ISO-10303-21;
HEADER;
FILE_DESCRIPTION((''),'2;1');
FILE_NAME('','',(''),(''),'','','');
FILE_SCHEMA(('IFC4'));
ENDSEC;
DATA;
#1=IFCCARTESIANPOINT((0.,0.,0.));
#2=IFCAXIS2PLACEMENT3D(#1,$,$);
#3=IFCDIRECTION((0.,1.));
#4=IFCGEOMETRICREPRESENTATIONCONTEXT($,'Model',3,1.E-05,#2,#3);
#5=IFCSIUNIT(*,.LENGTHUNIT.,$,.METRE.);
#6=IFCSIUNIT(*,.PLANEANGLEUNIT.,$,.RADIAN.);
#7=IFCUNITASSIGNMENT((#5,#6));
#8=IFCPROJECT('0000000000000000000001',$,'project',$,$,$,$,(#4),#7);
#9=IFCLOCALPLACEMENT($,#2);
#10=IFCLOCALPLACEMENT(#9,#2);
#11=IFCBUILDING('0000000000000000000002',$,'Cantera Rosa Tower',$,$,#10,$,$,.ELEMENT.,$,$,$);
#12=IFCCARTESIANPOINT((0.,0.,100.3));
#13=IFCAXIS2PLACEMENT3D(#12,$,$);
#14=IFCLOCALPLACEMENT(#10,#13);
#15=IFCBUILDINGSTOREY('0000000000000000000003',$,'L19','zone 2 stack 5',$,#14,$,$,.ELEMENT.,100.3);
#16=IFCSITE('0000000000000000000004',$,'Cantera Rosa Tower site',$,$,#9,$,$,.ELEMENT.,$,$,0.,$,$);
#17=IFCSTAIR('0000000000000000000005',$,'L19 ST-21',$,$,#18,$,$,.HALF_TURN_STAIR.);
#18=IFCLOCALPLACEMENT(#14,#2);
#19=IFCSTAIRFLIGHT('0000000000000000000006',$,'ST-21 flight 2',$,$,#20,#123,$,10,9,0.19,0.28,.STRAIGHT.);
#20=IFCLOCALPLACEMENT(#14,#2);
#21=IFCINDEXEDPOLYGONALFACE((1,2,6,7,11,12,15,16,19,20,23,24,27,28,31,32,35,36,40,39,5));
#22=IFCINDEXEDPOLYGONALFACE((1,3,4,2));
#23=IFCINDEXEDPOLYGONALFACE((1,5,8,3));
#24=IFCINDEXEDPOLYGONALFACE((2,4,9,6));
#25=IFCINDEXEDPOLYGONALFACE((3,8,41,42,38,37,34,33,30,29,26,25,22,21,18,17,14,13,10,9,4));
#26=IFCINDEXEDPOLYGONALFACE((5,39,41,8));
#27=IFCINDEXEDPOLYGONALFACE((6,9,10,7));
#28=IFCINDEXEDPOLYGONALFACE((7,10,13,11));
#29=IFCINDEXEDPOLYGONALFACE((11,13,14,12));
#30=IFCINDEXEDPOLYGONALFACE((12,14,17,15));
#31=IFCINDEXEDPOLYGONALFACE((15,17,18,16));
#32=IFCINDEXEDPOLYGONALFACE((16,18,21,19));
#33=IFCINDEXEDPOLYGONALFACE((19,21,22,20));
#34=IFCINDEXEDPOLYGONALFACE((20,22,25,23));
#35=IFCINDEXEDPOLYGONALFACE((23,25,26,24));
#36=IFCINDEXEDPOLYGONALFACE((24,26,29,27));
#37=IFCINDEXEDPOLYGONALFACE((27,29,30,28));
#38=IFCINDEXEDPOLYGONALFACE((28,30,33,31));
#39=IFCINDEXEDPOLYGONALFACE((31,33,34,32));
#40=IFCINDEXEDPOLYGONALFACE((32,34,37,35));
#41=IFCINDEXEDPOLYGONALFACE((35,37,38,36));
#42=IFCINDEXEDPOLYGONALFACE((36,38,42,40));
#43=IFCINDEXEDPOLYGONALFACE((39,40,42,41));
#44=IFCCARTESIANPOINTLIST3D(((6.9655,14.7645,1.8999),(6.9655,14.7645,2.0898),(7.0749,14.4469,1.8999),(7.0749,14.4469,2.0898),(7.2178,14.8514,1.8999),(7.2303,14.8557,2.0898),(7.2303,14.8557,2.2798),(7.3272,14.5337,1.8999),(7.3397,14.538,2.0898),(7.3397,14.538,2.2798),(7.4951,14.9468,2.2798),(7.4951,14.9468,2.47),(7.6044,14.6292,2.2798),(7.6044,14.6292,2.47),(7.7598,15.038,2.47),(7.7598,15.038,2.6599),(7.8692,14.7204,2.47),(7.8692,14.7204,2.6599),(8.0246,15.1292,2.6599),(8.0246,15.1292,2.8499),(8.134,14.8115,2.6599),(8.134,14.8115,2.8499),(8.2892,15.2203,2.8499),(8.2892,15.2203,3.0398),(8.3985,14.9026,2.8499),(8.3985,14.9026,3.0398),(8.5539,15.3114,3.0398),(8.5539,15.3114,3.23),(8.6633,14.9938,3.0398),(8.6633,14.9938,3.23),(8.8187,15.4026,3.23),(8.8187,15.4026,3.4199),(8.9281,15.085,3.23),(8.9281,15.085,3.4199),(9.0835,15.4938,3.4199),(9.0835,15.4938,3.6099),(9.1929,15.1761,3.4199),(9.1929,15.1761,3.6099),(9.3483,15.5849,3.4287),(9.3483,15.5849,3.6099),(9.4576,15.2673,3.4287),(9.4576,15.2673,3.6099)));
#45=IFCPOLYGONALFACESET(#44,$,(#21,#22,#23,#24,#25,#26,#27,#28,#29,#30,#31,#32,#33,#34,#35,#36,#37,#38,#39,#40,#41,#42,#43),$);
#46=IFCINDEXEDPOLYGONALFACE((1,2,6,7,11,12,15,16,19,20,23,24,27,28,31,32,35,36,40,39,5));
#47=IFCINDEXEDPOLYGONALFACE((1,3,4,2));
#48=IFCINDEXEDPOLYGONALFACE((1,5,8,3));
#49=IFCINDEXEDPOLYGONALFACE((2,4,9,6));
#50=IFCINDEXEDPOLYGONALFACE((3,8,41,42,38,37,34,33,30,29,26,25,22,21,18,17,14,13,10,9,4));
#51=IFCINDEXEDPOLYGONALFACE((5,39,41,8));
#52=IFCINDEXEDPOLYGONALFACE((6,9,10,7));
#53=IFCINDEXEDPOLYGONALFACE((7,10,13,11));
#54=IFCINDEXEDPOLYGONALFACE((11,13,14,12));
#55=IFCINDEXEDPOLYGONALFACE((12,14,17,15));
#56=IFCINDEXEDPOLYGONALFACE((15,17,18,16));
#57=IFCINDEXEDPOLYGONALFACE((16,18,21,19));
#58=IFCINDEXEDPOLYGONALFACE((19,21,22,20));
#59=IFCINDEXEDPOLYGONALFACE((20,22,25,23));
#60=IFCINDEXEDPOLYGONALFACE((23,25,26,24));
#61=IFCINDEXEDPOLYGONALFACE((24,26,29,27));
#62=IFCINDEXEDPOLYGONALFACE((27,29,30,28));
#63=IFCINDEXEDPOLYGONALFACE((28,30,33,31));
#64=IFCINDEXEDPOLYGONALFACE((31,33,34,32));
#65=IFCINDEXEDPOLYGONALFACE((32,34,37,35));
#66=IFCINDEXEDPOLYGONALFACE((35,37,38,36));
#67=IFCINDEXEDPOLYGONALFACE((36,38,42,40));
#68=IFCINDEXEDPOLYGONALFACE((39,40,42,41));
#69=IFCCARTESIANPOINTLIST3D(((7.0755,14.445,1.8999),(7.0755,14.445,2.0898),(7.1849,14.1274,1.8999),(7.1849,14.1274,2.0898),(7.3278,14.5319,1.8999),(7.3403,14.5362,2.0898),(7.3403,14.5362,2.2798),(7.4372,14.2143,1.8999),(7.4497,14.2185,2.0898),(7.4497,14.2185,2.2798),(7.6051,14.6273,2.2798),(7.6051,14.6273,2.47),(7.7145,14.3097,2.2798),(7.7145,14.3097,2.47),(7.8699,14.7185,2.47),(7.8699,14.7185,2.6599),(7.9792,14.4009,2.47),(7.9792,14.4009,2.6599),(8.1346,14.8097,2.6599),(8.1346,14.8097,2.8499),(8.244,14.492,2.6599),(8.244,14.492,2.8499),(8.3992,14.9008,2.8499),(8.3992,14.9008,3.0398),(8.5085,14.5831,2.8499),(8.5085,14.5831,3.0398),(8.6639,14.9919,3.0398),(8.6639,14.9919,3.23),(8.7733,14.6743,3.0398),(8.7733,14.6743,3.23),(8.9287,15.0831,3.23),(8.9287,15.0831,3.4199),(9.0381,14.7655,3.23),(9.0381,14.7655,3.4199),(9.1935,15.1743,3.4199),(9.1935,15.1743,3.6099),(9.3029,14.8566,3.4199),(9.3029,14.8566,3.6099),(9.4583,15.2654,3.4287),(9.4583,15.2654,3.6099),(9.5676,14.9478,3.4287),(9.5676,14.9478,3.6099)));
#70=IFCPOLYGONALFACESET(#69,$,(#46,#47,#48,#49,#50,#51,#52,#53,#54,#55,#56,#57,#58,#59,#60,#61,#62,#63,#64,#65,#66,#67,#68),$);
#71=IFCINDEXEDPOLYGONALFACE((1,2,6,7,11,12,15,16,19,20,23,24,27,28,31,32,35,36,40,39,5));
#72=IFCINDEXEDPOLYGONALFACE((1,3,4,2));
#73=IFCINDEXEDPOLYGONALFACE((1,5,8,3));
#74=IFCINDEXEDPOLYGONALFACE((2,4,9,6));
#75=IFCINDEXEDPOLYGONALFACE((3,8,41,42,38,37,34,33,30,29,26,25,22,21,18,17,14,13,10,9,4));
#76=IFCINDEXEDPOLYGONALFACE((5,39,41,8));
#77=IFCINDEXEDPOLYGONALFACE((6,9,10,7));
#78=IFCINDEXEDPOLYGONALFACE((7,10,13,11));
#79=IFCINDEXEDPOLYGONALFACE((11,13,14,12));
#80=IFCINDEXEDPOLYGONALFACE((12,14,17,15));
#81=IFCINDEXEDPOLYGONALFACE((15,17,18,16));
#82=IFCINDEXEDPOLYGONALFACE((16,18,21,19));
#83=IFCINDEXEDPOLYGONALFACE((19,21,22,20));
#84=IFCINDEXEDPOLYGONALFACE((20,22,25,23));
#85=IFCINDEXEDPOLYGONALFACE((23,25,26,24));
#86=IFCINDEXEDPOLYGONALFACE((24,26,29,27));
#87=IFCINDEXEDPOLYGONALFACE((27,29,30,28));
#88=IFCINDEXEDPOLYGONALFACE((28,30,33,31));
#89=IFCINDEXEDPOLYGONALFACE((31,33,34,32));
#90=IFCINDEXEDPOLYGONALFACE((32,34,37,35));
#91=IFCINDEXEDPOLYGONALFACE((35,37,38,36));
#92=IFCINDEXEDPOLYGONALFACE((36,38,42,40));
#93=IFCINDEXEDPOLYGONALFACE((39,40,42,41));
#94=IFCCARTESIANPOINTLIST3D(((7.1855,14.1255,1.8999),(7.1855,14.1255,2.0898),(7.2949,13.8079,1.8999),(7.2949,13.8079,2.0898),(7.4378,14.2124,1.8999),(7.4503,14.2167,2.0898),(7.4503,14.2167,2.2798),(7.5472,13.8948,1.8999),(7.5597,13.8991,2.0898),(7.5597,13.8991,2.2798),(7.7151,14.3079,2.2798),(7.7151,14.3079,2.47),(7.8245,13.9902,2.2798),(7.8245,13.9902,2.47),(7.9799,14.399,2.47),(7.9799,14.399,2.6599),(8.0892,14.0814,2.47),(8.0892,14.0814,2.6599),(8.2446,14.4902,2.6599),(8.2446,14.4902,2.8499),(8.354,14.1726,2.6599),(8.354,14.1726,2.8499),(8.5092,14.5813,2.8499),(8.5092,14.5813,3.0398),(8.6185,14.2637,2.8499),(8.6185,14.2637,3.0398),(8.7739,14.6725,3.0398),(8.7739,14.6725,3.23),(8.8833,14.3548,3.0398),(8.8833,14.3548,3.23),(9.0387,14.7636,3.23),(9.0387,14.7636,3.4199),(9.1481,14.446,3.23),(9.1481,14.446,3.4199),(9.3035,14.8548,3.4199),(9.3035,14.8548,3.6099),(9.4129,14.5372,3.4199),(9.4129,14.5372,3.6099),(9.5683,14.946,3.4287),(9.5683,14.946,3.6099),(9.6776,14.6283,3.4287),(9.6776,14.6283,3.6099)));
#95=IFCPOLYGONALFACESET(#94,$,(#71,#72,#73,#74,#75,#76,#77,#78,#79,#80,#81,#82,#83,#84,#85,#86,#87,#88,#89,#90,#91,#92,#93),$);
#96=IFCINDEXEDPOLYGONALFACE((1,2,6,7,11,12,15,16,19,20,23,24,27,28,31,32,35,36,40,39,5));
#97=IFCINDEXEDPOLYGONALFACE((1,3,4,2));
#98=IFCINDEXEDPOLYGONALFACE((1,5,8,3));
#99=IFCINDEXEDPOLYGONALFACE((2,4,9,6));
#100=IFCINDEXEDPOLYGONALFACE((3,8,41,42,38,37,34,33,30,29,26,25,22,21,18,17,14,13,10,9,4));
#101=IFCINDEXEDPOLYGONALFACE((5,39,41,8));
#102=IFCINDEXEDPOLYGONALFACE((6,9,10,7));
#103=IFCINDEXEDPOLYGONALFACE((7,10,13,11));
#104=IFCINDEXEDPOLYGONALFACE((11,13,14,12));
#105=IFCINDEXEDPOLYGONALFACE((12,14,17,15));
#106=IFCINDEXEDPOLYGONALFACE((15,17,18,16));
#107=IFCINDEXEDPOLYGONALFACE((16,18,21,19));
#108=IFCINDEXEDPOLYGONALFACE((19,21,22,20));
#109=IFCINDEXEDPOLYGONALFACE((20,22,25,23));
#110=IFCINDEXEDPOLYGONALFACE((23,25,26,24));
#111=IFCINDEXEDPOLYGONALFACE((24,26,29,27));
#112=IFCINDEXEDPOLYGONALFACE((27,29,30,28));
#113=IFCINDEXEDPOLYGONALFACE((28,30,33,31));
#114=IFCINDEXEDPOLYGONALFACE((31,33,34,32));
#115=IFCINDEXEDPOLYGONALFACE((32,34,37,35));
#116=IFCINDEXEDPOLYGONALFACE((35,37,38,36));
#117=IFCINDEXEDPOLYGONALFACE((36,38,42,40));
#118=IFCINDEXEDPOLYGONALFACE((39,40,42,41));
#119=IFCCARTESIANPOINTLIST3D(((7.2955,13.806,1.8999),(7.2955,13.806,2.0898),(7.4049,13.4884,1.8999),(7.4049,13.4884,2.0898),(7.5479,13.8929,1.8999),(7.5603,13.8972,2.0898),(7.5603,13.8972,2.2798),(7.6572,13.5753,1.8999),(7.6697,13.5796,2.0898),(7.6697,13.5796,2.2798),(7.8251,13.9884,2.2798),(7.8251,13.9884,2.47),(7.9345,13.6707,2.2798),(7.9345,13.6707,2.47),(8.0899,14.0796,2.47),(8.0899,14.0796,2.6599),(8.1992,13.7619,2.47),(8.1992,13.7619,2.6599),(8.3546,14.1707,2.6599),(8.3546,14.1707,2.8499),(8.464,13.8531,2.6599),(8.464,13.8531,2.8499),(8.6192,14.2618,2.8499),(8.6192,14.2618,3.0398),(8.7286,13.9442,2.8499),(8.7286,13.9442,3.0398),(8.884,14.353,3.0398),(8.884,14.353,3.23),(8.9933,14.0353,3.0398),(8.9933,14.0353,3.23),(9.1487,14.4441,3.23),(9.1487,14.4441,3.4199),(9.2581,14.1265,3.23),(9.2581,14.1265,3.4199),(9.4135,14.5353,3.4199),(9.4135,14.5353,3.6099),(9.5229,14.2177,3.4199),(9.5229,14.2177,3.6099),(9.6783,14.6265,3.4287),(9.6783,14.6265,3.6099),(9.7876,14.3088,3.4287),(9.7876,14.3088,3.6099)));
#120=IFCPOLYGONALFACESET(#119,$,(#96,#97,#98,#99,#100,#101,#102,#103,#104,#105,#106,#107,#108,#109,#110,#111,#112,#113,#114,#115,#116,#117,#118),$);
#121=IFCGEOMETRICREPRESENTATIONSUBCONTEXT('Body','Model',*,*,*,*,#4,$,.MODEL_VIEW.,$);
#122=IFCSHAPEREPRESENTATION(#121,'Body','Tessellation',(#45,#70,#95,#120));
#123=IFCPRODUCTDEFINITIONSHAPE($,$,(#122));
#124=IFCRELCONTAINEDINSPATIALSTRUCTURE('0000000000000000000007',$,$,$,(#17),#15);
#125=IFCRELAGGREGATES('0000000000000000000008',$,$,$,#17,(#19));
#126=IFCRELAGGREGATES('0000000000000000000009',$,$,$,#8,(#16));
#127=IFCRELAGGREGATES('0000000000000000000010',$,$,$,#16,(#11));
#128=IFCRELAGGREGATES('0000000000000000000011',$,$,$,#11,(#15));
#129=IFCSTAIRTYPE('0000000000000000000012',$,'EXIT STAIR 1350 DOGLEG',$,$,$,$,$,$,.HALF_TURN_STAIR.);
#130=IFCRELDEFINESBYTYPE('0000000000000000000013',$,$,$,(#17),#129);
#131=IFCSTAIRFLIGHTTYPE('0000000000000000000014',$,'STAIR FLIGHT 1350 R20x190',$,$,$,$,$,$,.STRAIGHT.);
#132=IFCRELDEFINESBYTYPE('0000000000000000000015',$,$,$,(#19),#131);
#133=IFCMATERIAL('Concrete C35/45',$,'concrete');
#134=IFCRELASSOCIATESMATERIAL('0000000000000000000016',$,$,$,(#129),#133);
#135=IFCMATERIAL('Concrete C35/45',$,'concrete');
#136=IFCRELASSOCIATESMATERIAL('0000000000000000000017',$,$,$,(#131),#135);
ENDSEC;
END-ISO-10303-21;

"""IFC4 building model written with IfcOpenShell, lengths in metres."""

from ifc_helpers import new_model, si_unit, direction, frame, origin, place, context, subcontext, project, spatial, polyline, outline, extrude, material, type_object, element, aggregate, save


model = new_model("IFC4")

# Units and contexts
model_context = context("Model", 3, precision=1e-05, world=origin(), true_north=direction((0.0, 1.0)))
body_context = subcontext(model_context, "Body", "Model", "MODEL_VIEW")
ifc_project = project(units=[si_unit("LENGTHUNIT", "METRE"), si_unit("PLANEANGLEUNIT", "RADIAN")], contexts=[model_context])

# Site, building, storey
site_placement = place(None, origin())
site = spatial("IfcSite", under=ifc_project, at=site_placement, Name="Cantera Rosa Tower site", CompositionType="ELEMENT", RefElevation=0.0)
building_placement = place(site_placement, origin())
building = spatial("IfcBuilding", under=site, at=building_placement, Name="Cantera Rosa Tower", CompositionType="ELEMENT")
storey_placement = place(building_placement, frame((0.0, 0.0, 100.3)))
storey = spatial("IfcBuildingStorey", under=building, at=storey_placement, Name="L19", Description="zone 2 stack 5", CompositionType="ELEMENT", Elevation=100.3)

# Stair, stair flight
ifc_material_1 = material(Name="Concrete C35/45", Category="concrete")
stair_type = type_object("IfcStairType", Name="EXIT STAIR 1350 DOGLEG", PredefinedType="HALF_TURN_STAIR", material=ifc_material_1)
stair_placement = place(storey_placement, origin())
stair = element("IfcStair", 1, at=stair_placement, inside=storey, type_object=stair_type, Name="L19 ST-21", PredefinedType="HALF_TURN_STAIR")
ifc_material_2 = material(Name="Concrete C35/45", Category="concrete")
stair_flight_type = type_object("IfcStairFlightType", Name="STAIR FLIGHT 1350 R20x190", PredefinedType="STRAIGHT", material=ifc_material_2)
stair_flight_placement = place(storey_placement, frame((7.1853, 14.1262, 1.8999), z_axis=(0.0, 0.0, 1.0), x_axis=(0.945519, 0.325568, 0.0)))
stair_flight = element("IfcStairFlight", 2, at=stair_flight_placement, type_object=stair_flight_type, Name="ST-21 flight 2", NumberOfRisers=10, NumberOfTreads=9, PredefinedType="STRAIGHT", RiserHeight=0.19, TreadLength=0.28, context=body_context, shape_type="SweptSolid", body=[
    extrude(outline(polyline([(0.0, 0.0), (0.0, 0.1899), (0.28, 0.1899), (0.28, 0.3799), (0.5601, 0.3799), (0.5601, 0.5701), (0.8401, 0.5701), (0.8401, 0.76), (1.1201, 0.76), (1.1201, 0.95), (1.3999, 0.95), (1.3999, 1.1399), (1.6799, 1.1399), (1.6799, 1.3301), (1.96, 1.3301), (1.96, 1.52), (2.24, 1.52), (2.24, 1.71), (2.52, 1.71), (2.52, 1.8999), (2.52, 1.5288), (0.2668, 0.0), (0.0, 0.0)])), frame((0.0, 0.675, 0.0), z_axis=(0.0, -1.0, 0.0), x_axis=(1.0, 0.0, 0.0)), (0.0, 0.0, 1.0), 0.3359),
    extrude(outline(polyline([(0.0, 0.0), (0.0, 0.1899), (0.28, 0.1899), (0.28, 0.3799), (0.5601, 0.3799), (0.5601, 0.5701), (0.8401, 0.5701), (0.8401, 0.76), (1.1201, 0.76), (1.1201, 0.95), (1.3999, 0.95), (1.3999, 1.1399), (1.6799, 1.1399), (1.6799, 1.3301), (1.96, 1.3301), (1.96, 1.52), (2.24, 1.52), (2.24, 1.71), (2.52, 1.71), (2.52, 1.8999), (2.52, 1.5288), (0.2668, 0.0), (0.0, 0.0)])), frame((0.0, 0.3372, 0.0), z_axis=(0.0, -1.0, 0.0), x_axis=(1.0, 0.0, 0.0)), (0.0, 0.0, 1.0), 0.3359),
    extrude(outline(polyline([(0.0, 0.0), (0.0, 0.1899), (0.28, 0.1899), (0.28, 0.3799), (0.5601, 0.3799), (0.5601, 0.5701), (0.8401, 0.5701), (0.8401, 0.76), (1.1201, 0.76), (1.1201, 0.95), (1.3999, 0.95), (1.3999, 1.1399), (1.6799, 1.1399), (1.6799, 1.3301), (1.96, 1.3301), (1.96, 1.52), (2.24, 1.52), (2.24, 1.71), (2.52, 1.71), (2.52, 1.8999), (2.52, 1.5288), (0.2668, 0.0), (0.0, 0.0)])), frame((0.0, -0.0007, 0.0), z_axis=(0.0, -1.0, 0.0), x_axis=(1.0, 0.0, 0.0)), (0.0, 0.0, 1.0), 0.3359),
    extrude(outline(polyline([(0.0, 0.0), (0.0, 0.1899), (0.28, 0.1899), (0.28, 0.3799), (0.5601, 0.3799), (0.5601, 0.5701), (0.8401, 0.5701), (0.8401, 0.76), (1.1201, 0.76), (1.1201, 0.95), (1.3999, 0.95), (1.3999, 1.1399), (1.6799, 1.1399), (1.6799, 1.3301), (1.96, 1.3301), (1.96, 1.52), (2.24, 1.52), (2.24, 1.71), (2.52, 1.71), (2.52, 1.8999), (2.52, 1.5288), (0.2668, 0.0), (0.0, 0.0)])), frame((0.0, -0.3386, 0.0), z_axis=(0.0, -1.0, 0.0), x_axis=(1.0, 0.0, 0.0)), (0.0, 0.0, 1.0), 0.3359),
])
aggregate(stair, [stair_flight])

save(model, "model.ifc")
